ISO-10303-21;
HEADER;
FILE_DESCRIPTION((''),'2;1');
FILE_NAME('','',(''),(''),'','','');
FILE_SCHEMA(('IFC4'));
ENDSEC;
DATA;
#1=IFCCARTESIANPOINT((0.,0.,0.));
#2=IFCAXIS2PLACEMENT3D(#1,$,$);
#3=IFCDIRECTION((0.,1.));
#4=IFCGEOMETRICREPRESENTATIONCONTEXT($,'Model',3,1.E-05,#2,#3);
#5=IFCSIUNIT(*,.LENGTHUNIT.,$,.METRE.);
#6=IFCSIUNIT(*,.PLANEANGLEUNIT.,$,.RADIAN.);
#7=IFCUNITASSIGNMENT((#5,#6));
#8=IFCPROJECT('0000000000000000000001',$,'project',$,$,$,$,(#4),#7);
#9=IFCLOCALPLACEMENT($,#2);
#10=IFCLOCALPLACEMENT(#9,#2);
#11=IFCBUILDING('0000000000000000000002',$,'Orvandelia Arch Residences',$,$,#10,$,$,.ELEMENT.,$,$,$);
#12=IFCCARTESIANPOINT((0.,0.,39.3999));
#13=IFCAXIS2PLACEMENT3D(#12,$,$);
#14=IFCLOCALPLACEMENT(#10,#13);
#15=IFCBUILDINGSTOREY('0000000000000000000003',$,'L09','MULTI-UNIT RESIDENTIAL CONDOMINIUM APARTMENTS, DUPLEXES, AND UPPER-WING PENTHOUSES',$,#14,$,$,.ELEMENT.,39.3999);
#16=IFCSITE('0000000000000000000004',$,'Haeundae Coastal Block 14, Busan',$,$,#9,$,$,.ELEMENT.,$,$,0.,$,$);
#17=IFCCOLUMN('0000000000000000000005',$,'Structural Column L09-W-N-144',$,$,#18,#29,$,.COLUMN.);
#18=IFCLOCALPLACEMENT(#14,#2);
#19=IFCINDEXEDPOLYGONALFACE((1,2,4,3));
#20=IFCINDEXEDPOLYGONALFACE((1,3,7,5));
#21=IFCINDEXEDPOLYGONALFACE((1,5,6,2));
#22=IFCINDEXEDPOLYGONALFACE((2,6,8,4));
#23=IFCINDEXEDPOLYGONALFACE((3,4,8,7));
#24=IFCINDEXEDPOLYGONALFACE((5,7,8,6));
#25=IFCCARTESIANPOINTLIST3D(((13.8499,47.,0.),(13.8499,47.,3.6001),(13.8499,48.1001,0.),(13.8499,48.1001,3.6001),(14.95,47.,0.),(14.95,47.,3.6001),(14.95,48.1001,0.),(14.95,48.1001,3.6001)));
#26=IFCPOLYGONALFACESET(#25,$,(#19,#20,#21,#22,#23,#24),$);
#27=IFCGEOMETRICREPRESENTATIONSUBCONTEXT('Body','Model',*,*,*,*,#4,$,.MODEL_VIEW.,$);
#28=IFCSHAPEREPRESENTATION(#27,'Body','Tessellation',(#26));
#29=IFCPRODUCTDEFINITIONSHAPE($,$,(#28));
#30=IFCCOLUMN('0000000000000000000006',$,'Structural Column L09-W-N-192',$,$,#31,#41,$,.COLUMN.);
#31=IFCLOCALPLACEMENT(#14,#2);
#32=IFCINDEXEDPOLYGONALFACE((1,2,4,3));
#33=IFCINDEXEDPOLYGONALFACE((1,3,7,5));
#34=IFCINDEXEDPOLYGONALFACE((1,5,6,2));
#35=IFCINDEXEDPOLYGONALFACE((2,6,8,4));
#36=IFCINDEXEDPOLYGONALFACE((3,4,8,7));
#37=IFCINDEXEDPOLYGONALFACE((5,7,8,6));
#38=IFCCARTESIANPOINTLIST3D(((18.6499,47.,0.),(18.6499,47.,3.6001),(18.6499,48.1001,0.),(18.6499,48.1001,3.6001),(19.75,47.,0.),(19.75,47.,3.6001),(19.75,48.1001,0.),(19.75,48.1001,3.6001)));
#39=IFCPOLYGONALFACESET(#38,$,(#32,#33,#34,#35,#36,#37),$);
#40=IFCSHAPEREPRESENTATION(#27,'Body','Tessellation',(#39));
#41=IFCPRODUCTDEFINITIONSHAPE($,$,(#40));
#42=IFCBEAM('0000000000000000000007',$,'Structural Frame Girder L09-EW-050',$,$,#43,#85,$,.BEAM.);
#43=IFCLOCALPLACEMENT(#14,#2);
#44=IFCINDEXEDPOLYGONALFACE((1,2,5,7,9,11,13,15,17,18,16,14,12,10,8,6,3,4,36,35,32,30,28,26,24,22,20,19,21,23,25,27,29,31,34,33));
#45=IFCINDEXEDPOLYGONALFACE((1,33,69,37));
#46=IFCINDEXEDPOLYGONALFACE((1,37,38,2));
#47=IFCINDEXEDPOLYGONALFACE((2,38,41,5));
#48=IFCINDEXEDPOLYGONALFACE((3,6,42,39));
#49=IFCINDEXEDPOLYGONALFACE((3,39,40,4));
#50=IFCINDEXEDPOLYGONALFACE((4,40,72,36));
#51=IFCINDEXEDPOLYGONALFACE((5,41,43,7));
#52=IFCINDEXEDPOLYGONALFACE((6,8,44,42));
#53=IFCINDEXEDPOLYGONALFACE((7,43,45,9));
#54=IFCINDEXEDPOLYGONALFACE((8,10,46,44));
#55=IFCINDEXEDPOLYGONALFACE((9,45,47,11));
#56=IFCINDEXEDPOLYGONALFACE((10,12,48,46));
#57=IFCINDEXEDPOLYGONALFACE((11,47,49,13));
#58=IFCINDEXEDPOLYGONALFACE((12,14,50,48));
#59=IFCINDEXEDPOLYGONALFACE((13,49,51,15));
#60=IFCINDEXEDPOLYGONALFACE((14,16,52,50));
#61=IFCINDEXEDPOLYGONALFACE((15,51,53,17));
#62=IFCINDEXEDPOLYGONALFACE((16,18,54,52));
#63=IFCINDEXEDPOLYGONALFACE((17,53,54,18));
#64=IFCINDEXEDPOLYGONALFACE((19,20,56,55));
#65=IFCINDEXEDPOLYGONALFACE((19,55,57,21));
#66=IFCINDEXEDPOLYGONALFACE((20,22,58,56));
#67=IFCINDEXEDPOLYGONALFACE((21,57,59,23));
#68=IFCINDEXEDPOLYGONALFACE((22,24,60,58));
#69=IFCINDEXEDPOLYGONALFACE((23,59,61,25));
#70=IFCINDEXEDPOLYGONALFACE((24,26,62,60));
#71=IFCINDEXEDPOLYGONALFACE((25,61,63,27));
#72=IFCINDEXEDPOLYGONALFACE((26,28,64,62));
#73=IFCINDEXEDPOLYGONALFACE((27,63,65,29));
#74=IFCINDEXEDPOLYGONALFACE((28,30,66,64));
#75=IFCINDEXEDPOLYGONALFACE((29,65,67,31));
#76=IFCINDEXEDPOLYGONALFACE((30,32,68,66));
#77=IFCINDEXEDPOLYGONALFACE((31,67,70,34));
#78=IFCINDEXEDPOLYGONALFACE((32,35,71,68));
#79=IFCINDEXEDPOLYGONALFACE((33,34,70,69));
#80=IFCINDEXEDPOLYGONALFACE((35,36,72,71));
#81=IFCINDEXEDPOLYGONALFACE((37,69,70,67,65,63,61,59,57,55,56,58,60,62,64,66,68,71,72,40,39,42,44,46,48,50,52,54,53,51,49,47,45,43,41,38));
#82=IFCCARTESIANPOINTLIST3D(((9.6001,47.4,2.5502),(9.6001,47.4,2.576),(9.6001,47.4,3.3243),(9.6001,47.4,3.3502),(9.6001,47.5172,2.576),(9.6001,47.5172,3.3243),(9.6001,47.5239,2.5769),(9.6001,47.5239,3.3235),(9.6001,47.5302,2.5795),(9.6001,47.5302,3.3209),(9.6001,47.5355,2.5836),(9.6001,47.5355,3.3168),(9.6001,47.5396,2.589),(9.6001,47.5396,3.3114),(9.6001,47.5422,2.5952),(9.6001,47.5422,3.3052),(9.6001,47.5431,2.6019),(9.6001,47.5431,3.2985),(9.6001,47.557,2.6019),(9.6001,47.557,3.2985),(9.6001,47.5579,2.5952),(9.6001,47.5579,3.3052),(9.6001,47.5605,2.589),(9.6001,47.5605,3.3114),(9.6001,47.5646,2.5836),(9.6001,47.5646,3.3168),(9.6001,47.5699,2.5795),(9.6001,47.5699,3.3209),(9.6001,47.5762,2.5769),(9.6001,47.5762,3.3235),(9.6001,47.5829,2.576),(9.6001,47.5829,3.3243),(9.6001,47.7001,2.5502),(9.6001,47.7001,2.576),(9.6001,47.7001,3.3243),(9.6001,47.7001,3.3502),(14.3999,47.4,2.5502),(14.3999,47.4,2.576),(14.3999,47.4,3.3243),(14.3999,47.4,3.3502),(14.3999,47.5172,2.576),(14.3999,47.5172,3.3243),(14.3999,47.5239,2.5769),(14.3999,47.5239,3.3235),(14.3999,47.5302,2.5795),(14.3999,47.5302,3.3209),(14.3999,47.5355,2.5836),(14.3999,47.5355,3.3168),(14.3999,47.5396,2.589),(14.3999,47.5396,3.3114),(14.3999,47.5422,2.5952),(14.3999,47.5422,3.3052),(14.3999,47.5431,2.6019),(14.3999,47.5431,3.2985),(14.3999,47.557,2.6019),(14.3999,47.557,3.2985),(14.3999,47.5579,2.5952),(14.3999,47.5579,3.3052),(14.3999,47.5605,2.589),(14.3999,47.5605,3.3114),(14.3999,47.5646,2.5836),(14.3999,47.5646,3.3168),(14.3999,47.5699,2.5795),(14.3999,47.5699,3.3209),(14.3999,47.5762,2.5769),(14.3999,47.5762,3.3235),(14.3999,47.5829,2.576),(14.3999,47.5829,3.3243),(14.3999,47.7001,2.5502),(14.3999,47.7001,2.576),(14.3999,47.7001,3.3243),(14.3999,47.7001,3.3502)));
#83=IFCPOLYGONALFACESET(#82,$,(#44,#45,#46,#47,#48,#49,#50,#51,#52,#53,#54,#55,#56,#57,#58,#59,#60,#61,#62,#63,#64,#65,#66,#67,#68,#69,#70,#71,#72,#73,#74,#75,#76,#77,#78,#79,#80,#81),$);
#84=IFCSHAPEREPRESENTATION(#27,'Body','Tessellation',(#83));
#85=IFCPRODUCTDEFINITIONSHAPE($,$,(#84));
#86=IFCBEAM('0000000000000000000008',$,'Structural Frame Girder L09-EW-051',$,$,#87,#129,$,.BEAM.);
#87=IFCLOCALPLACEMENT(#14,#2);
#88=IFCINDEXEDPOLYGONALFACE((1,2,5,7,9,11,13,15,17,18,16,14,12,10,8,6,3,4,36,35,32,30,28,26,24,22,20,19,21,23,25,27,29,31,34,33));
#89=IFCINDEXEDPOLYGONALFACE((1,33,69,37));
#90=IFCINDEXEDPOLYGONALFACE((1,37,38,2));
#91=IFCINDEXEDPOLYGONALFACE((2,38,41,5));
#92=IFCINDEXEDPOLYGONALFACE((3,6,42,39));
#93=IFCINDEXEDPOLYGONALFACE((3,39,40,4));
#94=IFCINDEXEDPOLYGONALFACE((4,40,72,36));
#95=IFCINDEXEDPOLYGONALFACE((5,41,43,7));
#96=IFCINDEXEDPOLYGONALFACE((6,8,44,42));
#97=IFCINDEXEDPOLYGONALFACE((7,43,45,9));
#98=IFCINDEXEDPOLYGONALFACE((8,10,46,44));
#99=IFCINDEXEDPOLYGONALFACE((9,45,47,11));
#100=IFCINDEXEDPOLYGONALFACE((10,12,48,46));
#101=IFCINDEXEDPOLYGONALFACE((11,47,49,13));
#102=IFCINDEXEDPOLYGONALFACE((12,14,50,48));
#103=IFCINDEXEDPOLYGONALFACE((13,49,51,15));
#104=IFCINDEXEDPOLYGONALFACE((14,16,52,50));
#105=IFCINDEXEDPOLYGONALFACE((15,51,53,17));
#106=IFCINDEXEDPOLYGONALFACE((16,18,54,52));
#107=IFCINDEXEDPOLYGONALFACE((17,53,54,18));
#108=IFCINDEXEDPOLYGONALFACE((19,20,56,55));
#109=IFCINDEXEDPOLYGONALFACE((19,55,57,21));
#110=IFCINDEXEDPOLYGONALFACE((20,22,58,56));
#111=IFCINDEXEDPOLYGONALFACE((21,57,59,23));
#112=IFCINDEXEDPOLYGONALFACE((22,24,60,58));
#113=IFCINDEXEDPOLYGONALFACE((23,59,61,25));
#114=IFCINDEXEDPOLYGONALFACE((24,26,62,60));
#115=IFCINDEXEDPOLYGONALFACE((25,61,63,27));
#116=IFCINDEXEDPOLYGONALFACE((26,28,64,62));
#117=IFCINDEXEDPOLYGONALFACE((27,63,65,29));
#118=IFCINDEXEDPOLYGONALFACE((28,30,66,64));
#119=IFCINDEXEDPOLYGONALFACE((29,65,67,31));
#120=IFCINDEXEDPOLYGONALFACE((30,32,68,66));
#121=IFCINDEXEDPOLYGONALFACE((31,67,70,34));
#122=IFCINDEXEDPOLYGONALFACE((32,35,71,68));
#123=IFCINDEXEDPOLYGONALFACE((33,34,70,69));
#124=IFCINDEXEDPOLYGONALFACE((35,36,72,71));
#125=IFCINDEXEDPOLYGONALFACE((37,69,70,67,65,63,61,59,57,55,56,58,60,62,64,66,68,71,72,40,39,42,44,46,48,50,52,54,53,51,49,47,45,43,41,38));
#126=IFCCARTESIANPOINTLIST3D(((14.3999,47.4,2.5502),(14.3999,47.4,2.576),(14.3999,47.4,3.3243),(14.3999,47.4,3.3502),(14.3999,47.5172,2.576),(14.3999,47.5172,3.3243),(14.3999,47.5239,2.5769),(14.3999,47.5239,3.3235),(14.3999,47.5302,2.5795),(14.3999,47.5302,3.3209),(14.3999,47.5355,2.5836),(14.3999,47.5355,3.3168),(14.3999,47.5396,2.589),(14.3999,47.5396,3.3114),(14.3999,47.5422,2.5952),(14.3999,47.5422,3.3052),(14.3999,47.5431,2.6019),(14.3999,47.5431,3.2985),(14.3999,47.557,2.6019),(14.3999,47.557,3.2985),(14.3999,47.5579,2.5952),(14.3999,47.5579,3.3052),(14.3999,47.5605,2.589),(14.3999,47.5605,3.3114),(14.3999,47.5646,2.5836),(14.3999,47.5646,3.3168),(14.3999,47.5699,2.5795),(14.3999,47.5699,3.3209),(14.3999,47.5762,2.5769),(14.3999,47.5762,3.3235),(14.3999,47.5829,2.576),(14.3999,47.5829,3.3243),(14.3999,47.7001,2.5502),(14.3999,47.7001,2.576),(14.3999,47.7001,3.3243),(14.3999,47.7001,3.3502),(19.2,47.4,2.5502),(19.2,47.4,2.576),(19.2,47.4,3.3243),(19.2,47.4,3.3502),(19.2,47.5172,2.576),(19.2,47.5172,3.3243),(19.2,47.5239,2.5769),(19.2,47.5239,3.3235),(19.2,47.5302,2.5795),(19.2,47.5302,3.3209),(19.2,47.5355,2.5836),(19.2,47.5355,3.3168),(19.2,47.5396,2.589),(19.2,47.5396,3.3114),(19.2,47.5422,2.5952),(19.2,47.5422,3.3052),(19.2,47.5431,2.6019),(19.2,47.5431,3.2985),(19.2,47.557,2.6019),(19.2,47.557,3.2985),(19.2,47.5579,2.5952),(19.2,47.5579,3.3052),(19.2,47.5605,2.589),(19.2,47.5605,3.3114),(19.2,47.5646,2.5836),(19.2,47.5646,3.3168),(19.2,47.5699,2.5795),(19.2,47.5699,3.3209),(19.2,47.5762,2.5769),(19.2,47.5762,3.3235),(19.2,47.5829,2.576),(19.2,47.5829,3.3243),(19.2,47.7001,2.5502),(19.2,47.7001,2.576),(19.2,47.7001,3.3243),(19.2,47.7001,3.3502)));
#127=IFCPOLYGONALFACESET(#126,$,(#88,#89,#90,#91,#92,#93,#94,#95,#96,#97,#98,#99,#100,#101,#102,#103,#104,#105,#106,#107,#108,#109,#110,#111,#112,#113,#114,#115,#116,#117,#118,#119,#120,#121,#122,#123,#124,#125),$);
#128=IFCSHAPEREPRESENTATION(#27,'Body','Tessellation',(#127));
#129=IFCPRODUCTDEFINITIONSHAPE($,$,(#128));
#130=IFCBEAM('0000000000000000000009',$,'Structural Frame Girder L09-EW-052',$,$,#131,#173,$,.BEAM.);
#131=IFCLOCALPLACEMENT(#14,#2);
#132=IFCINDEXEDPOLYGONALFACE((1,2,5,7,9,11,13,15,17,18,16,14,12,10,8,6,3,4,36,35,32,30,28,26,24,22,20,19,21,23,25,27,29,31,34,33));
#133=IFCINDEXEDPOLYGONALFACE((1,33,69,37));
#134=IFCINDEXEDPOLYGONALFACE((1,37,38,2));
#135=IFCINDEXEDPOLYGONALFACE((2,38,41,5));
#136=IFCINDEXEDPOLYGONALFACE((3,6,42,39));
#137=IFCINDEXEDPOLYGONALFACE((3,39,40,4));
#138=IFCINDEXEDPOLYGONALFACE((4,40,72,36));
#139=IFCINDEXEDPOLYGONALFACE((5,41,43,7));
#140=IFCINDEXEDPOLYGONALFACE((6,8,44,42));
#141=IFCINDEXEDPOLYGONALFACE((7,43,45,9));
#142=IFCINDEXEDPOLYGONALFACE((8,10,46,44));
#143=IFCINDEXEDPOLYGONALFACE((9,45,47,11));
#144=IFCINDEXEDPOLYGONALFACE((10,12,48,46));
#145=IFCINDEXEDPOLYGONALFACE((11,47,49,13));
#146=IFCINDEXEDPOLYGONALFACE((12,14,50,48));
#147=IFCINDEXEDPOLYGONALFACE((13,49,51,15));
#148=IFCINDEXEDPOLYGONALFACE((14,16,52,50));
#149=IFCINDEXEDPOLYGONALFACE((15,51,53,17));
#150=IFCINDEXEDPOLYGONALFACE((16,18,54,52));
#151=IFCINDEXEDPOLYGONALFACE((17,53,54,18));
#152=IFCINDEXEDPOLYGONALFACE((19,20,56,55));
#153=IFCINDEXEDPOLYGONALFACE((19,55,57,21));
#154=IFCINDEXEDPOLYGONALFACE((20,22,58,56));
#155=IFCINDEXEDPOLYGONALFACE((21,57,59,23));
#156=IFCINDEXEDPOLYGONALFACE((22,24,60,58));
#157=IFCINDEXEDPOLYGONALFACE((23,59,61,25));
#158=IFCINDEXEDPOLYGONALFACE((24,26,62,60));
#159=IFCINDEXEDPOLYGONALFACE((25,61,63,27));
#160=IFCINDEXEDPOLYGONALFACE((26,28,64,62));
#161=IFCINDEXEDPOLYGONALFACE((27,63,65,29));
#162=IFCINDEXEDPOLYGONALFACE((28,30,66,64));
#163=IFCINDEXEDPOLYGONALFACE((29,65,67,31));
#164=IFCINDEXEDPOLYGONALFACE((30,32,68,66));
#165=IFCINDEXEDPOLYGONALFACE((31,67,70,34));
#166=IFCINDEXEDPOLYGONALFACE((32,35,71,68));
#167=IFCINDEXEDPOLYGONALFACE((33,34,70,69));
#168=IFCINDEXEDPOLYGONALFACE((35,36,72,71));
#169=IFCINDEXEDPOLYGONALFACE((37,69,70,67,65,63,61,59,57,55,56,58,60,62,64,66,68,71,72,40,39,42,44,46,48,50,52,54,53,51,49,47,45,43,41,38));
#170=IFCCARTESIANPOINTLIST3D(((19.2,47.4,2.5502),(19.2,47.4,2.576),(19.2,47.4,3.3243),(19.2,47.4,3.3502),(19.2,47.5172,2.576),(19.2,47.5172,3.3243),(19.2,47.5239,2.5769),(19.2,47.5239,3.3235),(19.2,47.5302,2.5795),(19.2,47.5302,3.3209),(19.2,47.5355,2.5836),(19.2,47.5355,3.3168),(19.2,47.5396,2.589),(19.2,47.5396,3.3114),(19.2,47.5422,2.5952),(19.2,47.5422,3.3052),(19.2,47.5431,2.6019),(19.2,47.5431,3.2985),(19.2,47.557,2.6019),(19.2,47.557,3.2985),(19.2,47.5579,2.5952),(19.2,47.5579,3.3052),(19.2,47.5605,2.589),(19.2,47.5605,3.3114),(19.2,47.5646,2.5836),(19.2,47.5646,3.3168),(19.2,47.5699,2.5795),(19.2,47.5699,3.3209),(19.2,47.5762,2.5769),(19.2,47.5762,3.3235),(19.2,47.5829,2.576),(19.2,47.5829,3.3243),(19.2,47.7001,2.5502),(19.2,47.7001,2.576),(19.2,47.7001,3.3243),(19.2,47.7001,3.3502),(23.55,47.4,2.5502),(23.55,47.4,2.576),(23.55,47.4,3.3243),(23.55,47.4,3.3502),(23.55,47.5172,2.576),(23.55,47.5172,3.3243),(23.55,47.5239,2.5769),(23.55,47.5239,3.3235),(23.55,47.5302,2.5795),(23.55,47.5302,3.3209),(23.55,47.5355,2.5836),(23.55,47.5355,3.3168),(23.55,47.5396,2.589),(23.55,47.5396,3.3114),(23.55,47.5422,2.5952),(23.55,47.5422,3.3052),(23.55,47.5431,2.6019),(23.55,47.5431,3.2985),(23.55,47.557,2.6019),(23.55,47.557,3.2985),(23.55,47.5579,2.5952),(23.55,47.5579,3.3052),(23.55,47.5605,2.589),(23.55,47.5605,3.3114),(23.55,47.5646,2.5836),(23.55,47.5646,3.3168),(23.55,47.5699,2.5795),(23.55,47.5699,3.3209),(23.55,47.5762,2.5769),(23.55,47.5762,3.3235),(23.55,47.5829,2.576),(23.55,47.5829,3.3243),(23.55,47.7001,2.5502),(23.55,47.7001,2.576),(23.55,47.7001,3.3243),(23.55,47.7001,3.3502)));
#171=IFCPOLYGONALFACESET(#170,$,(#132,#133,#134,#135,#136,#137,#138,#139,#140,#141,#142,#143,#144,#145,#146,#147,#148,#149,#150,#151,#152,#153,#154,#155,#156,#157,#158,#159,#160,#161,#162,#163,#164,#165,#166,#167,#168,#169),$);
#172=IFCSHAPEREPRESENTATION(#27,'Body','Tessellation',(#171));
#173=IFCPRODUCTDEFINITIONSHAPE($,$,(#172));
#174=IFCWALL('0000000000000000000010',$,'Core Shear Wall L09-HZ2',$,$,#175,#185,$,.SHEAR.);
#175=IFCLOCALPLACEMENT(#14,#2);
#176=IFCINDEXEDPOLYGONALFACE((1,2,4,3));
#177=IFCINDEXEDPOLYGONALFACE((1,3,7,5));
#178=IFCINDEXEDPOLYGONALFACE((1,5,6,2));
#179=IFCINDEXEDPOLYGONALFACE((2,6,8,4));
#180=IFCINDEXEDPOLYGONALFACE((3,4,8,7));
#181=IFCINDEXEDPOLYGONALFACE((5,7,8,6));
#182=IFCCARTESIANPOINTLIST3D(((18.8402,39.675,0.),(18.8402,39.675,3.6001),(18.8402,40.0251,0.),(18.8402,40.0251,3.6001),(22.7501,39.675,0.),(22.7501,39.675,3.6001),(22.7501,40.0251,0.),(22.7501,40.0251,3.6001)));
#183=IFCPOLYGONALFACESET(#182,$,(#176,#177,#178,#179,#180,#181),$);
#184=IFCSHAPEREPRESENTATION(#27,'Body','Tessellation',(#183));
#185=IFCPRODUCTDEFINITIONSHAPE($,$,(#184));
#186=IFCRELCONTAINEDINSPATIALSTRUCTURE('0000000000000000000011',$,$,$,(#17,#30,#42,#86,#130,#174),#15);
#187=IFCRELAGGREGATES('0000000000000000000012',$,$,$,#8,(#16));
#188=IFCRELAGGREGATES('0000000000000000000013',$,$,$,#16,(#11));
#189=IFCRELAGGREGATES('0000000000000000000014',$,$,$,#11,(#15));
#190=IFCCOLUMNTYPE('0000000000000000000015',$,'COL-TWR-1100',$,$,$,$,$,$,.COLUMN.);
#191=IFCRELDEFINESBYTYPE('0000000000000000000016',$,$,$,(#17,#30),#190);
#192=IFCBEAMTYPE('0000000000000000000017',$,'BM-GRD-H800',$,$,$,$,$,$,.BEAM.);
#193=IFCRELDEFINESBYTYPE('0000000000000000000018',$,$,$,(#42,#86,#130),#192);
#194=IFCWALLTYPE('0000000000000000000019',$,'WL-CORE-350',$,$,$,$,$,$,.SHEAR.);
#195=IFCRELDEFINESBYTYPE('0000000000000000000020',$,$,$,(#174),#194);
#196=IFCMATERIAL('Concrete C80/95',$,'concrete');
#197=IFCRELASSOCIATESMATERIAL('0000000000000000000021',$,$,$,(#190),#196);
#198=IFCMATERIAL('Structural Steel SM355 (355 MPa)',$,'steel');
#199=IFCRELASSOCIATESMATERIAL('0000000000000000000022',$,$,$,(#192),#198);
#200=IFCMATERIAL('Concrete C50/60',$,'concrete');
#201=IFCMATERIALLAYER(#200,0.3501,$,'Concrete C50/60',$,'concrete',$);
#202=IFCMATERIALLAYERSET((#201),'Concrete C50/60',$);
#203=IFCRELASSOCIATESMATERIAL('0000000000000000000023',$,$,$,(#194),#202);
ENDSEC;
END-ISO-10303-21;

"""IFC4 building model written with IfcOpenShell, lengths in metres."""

from ifc_helpers import new_model, si_unit, direction, frame, frame_2d, origin, origin_2d, place, context, subcontext, project, spatial, rectangle, i_section, extrude, material, layer, layer_set, material_profile, profile_set, type_object, element, save


model = new_model("IFC4")

# Units and contexts
model_context = context("Model", 3, precision=1e-05, world=origin(), true_north=direction((0.0, 1.0)))
body_context = subcontext(model_context, "Body", "Model", "MODEL_VIEW")
ifc_project = project(units=[si_unit("LENGTHUNIT", "METRE"), si_unit("PLANEANGLEUNIT", "RADIAN")], contexts=[model_context])

# Site, building, storey
site_placement = place(None, origin())
site = spatial("IfcSite", under=ifc_project, at=site_placement, Name="Haeundae Coastal Block 14, Busan", CompositionType="ELEMENT", RefElevation=0.0)
building_placement = place(site_placement, origin())
building = spatial("IfcBuilding", under=site, at=building_placement, Name="Orvandelia Arch Residences", CompositionType="ELEMENT")
storey_placement = place(building_placement, frame((0.0, 0.0, 39.3999)))
storey = spatial("IfcBuildingStorey", under=building, at=storey_placement, Name="L09", Description="MULTI-UNIT RESIDENTIAL CONDOMINIUM APARTMENTS, DUPLEXES, AND UPPER-WING PENTHOUSES", CompositionType="ELEMENT", Elevation=39.3999)

# Columns
ifc_material_1 = material(Name="Concrete C80/95", Category="concrete")
ifc_material_profile_1 = material_profile(ifc_material_1, rectangle(XDim=1.1001, YDim=1.1001, at=origin_2d()), Name="Concrete C80/95", Category="concrete")
ifc_profile_set_1 = profile_set([ifc_material_profile_1], Name="Concrete C80/95")
column_type = type_object("IfcColumnType", Name="COL-TWR-1100", PredefinedType="COLUMN", material=ifc_profile_set_1)
for number, where, z_axis, x_axis, name in (
    (1, (14.3999, 47.55, 0.0), (0.0, 0.0, 1.0), (1.0, 0.0, 0.0), "Structural Column L09-W-N-144"),
    (2, (19.2, 47.55, 0.0), (0.0, 0.0, 1.0), (1.0, 0.0, 0.0), "Structural Column L09-W-N-192"),
):
    element("IfcColumn", number, at=place(storey_placement, frame(where, z_axis=z_axis, x_axis=x_axis)), inside=storey, type_object=column_type, Name=name, PredefinedType="COLUMN", context=body_context, shape_type="SweptSolid", body=[
        extrude(rectangle(XDim=1.1001, YDim=1.1001, at=origin_2d()), origin(), (0.0, 0.0, 1.0), 3.6001),
    ])

# Beams
ifc_material_2 = material(Name="Structural Steel SM355 (355 MPa)", Category="steel")
ifc_material_profile_2 = material_profile(ifc_material_2, i_section(OverallWidth=0.3, OverallDepth=0.8, WebThickness=0.0139, FlangeThickness=0.0259, FilletRadius=0.0259, at=origin_2d()), Name="Structural Steel SM355 (355 MPa)", Category="steel")
ifc_profile_set_2 = profile_set([ifc_material_profile_2], Name="Structural Steel SM355 (355 MPa)")
beam_type = type_object("IfcBeamType", Name="BM-GRD-H800", PredefinedType="BEAM", material=ifc_profile_set_2)
beam_1_placement = place(storey_placement, frame((9.6001, 47.55, 2.9502), z_axis=(1.0, 0.0, 0.0), x_axis=(0.0, 1.0, 0.0)))
element("IfcBeam", 3, at=beam_1_placement, inside=storey, type_object=beam_type, Name="Structural Frame Girder L09-EW-050", PredefinedType="BEAM", context=body_context, shape_type="SweptSolid", body=[
    extrude(i_section(OverallWidth=0.3, OverallDepth=0.8, WebThickness=0.0139, FlangeThickness=0.0259, FilletRadius=0.0259, at=origin_2d()), origin(), (0.0, 0.0, 1.0), 4.7998),
])
beam_2_placement = place(storey_placement, frame((14.3999, 47.55, 2.9502), z_axis=(1.0, 0.0, 0.0), x_axis=(0.0, 1.0, 0.0)))
element("IfcBeam", 4, at=beam_2_placement, inside=storey, type_object=beam_type, Name="Structural Frame Girder L09-EW-051", PredefinedType="BEAM", context=body_context, shape_type="SweptSolid", body=[
    extrude(i_section(OverallWidth=0.3, OverallDepth=0.8, WebThickness=0.0139, FlangeThickness=0.0259, FilletRadius=0.0259, at=origin_2d()), origin(), (0.0, 0.0, 1.0), 4.8),
])
beam_3_placement = place(storey_placement, frame((19.2, 47.55, 2.9502), z_axis=(1.0, 0.0, 0.0), x_axis=(0.0, 1.0, 0.0)))
element("IfcBeam", 5, at=beam_3_placement, inside=storey, type_object=beam_type, Name="Structural Frame Girder L09-EW-052", PredefinedType="BEAM", context=body_context, shape_type="SweptSolid", body=[
    extrude(i_section(OverallWidth=0.3, OverallDepth=0.8, WebThickness=0.0139, FlangeThickness=0.0259, FilletRadius=0.0259, at=origin_2d()), origin(), (0.0, 0.0, 1.0), 4.3501),
])

# Wall
ifc_material_3 = material(Name="Concrete C50/60", Category="concrete")
ifc_layer_1 = layer(ifc_material_3, 0.3501, Name="Concrete C50/60", Category="concrete")
ifc_layer_set_1 = layer_set([ifc_layer_1], Name="Concrete C50/60")
wall_type_1 = type_object("IfcWallType", Name="WL-CORE-350", PredefinedType="SHEAR", material=ifc_layer_set_1)
wall_1_placement = place(storey_placement, frame((18.8401, 39.8501, 0.0), z_axis=(0.0, 0.0, 1.0), x_axis=(1.0, 0.0, 0.0)))
element("IfcWall", 6, at=wall_1_placement, inside=storey, type_object=wall_type_1, Name="Core Shear Wall L09-HZ2", PredefinedType="SHEAR", context=body_context, shape_type="SweptSolid", body=[
    extrude(rectangle(XDim=3.9099, YDim=0.3501, at=frame_2d((1.9551, 0.0))), origin(), (0.0, 0.0, 1.0), 3.6001),
])

save(model, "model.ifc")
